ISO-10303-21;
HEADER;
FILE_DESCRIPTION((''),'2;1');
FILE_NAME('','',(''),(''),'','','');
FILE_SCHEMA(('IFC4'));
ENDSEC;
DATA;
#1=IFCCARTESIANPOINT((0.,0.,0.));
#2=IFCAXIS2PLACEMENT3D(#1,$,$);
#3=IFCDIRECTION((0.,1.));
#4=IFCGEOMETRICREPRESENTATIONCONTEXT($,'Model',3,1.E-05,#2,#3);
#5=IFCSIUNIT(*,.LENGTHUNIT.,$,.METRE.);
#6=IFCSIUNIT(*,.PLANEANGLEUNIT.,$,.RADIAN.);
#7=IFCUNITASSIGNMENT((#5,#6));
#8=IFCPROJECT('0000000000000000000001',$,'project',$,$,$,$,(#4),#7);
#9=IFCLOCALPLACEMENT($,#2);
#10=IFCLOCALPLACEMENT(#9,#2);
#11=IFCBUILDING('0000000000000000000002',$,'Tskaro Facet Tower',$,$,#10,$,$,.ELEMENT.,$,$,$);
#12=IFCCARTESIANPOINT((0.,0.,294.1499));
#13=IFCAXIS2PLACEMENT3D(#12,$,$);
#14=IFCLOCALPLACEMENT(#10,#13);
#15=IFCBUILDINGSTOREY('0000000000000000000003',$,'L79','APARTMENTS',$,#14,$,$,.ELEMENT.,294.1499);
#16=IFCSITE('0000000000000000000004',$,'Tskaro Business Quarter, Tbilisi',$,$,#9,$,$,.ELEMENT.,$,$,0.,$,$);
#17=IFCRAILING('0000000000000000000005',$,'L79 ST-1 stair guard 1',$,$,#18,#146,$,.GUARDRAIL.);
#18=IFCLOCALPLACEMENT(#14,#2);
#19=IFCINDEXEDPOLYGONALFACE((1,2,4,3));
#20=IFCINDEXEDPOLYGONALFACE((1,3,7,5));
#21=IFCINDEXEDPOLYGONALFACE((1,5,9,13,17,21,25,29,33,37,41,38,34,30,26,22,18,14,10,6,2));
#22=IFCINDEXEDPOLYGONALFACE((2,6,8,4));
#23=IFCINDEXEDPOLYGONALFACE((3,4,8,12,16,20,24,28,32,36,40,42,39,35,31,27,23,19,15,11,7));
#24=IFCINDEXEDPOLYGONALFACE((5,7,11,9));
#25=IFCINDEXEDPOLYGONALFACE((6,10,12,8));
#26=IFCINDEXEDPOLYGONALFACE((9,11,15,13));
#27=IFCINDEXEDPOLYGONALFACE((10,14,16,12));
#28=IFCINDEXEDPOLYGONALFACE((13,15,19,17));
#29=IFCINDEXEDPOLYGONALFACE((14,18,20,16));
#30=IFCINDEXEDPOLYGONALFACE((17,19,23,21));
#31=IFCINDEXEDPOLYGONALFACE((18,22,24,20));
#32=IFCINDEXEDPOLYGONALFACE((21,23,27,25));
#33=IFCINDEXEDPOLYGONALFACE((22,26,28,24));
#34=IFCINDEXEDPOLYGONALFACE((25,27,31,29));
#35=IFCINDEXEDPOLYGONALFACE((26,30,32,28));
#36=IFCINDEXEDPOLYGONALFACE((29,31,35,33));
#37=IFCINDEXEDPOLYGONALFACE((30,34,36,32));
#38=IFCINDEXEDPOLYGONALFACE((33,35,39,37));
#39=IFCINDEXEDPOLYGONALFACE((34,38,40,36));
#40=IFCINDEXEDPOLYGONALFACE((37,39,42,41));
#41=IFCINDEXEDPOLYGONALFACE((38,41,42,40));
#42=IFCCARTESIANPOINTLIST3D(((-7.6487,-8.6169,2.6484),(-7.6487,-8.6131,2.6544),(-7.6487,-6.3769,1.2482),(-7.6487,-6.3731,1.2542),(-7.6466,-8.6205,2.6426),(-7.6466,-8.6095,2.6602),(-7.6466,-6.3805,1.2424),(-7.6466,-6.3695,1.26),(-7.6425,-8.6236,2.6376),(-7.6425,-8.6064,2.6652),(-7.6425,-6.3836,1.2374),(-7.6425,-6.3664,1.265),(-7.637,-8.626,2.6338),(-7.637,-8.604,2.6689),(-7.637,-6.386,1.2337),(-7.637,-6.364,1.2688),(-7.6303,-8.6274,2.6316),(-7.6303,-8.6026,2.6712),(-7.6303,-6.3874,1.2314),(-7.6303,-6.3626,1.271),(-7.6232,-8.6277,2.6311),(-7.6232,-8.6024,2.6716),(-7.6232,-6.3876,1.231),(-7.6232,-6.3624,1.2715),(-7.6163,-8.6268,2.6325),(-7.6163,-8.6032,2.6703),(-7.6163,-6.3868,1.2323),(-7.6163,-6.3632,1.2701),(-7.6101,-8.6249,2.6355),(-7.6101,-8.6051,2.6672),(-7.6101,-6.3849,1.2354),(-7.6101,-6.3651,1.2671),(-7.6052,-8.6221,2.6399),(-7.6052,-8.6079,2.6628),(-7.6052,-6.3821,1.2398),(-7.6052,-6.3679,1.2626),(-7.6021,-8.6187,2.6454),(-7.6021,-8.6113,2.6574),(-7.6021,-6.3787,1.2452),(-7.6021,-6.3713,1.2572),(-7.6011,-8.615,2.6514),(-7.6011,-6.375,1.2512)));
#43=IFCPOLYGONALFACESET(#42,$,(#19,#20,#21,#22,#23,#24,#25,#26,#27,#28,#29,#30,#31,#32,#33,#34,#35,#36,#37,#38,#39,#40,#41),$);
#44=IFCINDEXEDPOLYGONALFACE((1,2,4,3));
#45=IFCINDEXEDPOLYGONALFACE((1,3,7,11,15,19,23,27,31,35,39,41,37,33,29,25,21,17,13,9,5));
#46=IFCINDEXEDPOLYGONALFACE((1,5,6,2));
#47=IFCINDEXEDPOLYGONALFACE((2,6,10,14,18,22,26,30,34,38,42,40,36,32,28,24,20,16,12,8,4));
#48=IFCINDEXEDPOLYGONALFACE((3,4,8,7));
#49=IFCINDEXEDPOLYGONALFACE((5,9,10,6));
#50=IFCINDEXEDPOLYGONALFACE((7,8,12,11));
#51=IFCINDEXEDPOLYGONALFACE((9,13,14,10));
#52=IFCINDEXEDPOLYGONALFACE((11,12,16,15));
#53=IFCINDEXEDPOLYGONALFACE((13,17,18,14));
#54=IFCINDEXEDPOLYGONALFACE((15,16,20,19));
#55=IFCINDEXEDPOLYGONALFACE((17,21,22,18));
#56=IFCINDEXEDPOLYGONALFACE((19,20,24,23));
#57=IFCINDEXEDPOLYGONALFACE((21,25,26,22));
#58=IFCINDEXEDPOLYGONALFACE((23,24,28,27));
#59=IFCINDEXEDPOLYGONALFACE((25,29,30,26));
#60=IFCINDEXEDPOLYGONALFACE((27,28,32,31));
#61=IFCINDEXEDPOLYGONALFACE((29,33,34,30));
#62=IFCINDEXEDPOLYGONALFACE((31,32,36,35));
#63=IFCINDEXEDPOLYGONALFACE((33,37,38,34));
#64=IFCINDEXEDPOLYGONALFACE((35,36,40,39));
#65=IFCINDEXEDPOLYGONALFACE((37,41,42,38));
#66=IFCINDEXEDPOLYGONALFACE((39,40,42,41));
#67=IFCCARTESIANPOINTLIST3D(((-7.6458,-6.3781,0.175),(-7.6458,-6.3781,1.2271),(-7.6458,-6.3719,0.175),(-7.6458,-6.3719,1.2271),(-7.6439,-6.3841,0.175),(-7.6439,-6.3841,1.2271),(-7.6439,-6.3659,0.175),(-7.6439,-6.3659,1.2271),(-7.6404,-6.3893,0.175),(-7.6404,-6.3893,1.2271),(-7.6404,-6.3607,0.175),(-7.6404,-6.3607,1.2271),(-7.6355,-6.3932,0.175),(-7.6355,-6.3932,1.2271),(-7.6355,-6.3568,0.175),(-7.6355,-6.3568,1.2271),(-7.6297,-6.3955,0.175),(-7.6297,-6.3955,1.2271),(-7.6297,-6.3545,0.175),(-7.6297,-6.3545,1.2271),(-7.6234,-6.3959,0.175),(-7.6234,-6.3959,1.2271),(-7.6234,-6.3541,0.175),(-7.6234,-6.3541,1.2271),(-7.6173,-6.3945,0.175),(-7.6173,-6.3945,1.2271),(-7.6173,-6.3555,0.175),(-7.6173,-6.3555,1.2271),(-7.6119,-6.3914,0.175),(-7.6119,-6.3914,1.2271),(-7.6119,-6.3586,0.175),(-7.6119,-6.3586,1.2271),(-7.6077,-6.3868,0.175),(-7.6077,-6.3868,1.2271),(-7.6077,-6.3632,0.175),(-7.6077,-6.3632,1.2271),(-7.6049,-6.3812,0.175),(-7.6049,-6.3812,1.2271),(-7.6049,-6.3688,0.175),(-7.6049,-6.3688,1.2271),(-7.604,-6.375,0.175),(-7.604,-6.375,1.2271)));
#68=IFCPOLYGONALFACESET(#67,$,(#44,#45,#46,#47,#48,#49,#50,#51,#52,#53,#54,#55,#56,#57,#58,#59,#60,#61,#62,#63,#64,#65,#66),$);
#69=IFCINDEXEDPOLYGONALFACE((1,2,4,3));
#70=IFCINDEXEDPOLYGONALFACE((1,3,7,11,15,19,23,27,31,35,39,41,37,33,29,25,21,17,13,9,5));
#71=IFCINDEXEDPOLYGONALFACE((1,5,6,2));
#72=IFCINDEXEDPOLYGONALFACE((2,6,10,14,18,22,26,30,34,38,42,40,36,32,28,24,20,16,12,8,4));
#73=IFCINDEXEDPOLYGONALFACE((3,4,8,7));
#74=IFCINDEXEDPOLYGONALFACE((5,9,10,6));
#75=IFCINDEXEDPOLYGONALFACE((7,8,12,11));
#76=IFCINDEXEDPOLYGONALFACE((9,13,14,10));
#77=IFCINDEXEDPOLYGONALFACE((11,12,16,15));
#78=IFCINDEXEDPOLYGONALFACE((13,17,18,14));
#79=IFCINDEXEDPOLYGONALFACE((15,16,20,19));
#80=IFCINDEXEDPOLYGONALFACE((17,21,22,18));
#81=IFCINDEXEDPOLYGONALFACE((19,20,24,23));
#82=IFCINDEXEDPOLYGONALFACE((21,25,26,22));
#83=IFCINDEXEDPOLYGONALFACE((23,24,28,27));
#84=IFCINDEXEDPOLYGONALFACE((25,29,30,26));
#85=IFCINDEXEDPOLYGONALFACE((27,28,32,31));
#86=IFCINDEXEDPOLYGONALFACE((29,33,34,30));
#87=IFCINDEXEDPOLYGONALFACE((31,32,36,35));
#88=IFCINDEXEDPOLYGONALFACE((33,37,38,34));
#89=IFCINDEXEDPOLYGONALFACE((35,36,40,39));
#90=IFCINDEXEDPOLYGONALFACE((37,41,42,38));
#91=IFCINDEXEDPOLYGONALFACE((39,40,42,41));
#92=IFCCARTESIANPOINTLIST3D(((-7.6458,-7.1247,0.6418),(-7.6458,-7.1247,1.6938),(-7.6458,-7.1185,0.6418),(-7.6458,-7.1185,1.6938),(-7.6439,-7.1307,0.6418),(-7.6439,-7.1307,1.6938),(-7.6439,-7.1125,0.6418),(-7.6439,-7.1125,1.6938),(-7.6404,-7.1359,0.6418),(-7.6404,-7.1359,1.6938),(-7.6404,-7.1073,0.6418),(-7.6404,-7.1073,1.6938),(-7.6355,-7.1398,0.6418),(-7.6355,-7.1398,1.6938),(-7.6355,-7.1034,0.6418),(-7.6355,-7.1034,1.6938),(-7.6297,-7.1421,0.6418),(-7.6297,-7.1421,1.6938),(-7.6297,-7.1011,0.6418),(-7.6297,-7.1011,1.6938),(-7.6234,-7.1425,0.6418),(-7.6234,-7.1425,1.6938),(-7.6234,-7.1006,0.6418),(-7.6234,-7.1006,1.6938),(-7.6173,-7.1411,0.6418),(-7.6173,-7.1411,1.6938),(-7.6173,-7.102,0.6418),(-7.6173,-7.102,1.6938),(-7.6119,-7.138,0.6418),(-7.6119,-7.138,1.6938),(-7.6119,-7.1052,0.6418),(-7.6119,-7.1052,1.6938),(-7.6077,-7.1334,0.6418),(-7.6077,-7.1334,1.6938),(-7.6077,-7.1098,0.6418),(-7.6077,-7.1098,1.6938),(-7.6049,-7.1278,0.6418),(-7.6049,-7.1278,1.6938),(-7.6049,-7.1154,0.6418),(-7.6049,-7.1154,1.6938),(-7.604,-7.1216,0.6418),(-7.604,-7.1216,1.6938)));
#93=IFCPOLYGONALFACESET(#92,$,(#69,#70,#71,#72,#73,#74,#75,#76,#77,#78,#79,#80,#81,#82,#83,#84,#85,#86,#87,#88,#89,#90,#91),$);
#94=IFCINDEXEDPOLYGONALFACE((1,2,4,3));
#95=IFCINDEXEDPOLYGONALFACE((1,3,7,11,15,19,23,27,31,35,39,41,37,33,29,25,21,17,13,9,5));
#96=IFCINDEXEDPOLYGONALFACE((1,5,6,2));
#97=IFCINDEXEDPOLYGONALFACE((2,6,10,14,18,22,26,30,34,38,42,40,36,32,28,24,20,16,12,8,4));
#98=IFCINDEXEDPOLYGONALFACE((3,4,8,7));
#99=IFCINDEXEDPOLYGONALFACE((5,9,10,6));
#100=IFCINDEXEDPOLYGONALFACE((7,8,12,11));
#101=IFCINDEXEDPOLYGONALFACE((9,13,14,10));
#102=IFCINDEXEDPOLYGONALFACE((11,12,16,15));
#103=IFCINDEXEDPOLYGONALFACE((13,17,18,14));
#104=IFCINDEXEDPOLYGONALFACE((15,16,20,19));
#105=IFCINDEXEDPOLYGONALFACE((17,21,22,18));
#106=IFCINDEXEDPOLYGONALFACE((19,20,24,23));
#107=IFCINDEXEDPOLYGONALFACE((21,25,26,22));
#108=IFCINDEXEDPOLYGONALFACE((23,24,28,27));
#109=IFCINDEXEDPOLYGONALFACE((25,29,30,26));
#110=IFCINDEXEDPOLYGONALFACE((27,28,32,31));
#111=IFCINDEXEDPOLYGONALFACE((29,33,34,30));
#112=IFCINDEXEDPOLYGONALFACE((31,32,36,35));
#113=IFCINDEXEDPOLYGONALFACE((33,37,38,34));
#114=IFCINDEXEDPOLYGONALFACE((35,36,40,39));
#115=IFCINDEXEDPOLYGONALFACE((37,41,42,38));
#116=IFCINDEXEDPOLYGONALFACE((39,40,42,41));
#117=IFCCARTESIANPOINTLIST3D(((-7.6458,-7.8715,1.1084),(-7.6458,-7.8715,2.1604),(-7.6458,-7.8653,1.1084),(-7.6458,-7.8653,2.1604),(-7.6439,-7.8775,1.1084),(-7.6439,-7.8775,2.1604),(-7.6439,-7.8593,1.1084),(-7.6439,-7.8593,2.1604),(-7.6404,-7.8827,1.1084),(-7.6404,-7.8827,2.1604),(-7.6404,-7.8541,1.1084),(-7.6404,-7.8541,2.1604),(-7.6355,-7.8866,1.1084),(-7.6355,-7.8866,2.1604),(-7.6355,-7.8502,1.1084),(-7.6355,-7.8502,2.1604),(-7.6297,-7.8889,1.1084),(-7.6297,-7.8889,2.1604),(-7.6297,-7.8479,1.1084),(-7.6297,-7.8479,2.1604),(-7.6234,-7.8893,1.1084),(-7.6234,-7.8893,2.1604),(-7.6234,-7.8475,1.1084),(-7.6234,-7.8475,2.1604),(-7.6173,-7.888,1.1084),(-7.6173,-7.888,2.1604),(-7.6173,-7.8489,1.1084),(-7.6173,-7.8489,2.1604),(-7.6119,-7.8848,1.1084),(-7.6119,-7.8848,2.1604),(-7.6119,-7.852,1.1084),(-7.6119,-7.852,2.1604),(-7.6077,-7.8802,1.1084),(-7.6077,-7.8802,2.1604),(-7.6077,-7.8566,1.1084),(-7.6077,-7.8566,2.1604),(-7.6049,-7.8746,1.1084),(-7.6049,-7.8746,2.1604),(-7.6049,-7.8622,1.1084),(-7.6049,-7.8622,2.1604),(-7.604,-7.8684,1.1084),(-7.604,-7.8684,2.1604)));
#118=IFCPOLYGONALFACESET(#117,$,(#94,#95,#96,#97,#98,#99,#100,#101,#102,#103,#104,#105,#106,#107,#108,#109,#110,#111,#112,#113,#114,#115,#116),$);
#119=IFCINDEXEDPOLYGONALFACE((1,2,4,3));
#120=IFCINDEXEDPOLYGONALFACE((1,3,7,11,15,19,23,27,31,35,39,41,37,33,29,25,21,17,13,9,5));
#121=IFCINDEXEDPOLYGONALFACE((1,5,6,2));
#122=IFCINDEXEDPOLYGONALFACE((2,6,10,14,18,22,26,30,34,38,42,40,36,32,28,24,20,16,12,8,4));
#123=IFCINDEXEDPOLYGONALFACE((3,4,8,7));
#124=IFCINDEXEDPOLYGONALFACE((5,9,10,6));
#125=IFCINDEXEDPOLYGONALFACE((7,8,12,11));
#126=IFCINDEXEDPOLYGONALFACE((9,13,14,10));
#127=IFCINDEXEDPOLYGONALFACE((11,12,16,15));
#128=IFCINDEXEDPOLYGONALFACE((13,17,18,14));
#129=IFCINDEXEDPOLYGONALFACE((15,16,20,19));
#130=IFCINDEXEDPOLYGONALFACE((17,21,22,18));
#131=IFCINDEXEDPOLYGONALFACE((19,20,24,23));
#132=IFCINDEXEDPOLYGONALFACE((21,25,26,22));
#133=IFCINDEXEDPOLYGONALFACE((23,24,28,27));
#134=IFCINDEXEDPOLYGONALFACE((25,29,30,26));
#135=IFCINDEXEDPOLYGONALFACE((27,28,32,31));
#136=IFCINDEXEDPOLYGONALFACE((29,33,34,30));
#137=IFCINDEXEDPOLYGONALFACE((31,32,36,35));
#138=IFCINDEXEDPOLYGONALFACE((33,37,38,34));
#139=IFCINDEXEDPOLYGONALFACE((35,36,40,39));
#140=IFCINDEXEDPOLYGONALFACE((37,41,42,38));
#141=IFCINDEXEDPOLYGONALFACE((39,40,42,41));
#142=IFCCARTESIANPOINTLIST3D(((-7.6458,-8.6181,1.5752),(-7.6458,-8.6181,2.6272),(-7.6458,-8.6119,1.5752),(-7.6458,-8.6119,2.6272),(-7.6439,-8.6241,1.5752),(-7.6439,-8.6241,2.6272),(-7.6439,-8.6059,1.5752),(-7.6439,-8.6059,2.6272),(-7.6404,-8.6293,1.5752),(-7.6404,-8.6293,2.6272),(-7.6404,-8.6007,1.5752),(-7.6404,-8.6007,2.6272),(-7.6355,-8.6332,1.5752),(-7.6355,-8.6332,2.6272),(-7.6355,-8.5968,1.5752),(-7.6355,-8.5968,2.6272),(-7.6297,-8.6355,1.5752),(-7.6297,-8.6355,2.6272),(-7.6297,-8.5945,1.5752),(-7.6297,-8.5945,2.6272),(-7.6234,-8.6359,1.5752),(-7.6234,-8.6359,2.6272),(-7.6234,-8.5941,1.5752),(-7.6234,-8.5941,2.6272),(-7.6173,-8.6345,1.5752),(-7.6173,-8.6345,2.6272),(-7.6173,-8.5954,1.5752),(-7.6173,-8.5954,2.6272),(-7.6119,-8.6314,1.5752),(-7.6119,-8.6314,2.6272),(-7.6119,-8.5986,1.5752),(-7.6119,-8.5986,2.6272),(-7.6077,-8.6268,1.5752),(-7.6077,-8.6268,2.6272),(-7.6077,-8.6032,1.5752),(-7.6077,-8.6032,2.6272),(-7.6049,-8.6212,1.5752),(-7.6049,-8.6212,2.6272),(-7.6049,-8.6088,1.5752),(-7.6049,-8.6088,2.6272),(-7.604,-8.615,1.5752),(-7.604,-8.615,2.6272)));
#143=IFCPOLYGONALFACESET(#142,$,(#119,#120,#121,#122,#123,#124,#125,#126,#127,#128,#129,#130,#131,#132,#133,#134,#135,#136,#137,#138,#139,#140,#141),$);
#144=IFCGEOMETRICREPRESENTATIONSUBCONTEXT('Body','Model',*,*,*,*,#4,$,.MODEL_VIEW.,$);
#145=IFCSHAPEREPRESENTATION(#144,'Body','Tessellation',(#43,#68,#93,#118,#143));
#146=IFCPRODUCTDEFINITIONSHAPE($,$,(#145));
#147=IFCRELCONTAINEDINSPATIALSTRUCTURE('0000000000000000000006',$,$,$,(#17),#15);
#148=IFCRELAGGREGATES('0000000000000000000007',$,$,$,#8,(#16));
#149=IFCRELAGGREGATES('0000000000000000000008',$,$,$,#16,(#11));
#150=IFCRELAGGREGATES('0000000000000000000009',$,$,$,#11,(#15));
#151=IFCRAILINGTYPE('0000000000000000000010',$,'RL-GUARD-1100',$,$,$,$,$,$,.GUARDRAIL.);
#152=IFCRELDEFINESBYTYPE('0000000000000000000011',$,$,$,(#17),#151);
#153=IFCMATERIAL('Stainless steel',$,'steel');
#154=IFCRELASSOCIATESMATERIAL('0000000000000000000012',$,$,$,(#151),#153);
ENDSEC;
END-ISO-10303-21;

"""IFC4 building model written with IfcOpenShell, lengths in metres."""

from ifc_helpers import new_model, si_unit, direction, frame, origin, origin_2d, place, context, subcontext, project, spatial, circle, extrude, material, type_object, element, save


model = new_model("IFC4")

# Units and contexts
model_context = context("Model", 3, precision=1e-05, world=origin(), true_north=direction((0.0, 1.0)))
body_context = subcontext(model_context, "Body", "Model", "MODEL_VIEW")
ifc_project = project(units=[si_unit("LENGTHUNIT", "METRE"), si_unit("PLANEANGLEUNIT", "RADIAN")], contexts=[model_context])

# Site, building, storey
site_placement = place(None, origin())
site = spatial("IfcSite", under=ifc_project, at=site_placement, Name="Tskaro Business Quarter, Tbilisi", CompositionType="ELEMENT", RefElevation=0.0)
building_placement = place(site_placement, origin())
building = spatial("IfcBuilding", under=site, at=building_placement, Name="Tskaro Facet Tower", CompositionType="ELEMENT")
storey_placement = place(building_placement, frame((0.0, 0.0, 294.1499)))
storey = spatial("IfcBuildingStorey", under=building, at=storey_placement, Name="L79", Description="APARTMENTS", CompositionType="ELEMENT", Elevation=294.1499)

# Shared definitions
ifc_material_1 = material(Name="Stainless steel", Category="steel")

# Railing
railing_type_1 = type_object("IfcRailingType", Name="RL-GUARD-1100", PredefinedType="GUARDRAIL", material=ifc_material_1)
railing_1_placement = place(storey_placement, frame((-7.625, -6.375, 0.175)))
element("IfcRailing", 1, at=railing_1_placement, inside=storey, type_object=railing_type_1, Name="L79 ST-1 stair guard 1", PredefinedType="GUARDRAIL", context=body_context, shape_type="SweptSolid", body=[
    extrude(circle(Radius=0.0239, at=origin_2d()), frame((0.0, 0.0, 1.0762), z_axis=(0.0, -0.847972, 0.53004), x_axis=(1.0, 0.0, 0.0)), (0.0, 0.0, 1.0), 2.6416),
    extrude(circle(Radius=0.021, at=origin_2d()), origin(), (0.0, 0.0, 1.0), 1.052),
    extrude(circle(Radius=0.021, at=origin_2d()), frame((0.0, -0.7466, 0.4668)), (0.0, 0.0, 1.0), 1.052),
    extrude(circle(Radius=0.021, at=origin_2d()), frame((0.0, -1.4934, 0.9333)), (0.0, 0.0, 1.0), 1.052),
    extrude(circle(Radius=0.021, at=origin_2d()), frame((0.0, -2.24, 1.4001)), (0.0, 0.0, 1.0), 1.052),
])

save(model, "model.ifc")
